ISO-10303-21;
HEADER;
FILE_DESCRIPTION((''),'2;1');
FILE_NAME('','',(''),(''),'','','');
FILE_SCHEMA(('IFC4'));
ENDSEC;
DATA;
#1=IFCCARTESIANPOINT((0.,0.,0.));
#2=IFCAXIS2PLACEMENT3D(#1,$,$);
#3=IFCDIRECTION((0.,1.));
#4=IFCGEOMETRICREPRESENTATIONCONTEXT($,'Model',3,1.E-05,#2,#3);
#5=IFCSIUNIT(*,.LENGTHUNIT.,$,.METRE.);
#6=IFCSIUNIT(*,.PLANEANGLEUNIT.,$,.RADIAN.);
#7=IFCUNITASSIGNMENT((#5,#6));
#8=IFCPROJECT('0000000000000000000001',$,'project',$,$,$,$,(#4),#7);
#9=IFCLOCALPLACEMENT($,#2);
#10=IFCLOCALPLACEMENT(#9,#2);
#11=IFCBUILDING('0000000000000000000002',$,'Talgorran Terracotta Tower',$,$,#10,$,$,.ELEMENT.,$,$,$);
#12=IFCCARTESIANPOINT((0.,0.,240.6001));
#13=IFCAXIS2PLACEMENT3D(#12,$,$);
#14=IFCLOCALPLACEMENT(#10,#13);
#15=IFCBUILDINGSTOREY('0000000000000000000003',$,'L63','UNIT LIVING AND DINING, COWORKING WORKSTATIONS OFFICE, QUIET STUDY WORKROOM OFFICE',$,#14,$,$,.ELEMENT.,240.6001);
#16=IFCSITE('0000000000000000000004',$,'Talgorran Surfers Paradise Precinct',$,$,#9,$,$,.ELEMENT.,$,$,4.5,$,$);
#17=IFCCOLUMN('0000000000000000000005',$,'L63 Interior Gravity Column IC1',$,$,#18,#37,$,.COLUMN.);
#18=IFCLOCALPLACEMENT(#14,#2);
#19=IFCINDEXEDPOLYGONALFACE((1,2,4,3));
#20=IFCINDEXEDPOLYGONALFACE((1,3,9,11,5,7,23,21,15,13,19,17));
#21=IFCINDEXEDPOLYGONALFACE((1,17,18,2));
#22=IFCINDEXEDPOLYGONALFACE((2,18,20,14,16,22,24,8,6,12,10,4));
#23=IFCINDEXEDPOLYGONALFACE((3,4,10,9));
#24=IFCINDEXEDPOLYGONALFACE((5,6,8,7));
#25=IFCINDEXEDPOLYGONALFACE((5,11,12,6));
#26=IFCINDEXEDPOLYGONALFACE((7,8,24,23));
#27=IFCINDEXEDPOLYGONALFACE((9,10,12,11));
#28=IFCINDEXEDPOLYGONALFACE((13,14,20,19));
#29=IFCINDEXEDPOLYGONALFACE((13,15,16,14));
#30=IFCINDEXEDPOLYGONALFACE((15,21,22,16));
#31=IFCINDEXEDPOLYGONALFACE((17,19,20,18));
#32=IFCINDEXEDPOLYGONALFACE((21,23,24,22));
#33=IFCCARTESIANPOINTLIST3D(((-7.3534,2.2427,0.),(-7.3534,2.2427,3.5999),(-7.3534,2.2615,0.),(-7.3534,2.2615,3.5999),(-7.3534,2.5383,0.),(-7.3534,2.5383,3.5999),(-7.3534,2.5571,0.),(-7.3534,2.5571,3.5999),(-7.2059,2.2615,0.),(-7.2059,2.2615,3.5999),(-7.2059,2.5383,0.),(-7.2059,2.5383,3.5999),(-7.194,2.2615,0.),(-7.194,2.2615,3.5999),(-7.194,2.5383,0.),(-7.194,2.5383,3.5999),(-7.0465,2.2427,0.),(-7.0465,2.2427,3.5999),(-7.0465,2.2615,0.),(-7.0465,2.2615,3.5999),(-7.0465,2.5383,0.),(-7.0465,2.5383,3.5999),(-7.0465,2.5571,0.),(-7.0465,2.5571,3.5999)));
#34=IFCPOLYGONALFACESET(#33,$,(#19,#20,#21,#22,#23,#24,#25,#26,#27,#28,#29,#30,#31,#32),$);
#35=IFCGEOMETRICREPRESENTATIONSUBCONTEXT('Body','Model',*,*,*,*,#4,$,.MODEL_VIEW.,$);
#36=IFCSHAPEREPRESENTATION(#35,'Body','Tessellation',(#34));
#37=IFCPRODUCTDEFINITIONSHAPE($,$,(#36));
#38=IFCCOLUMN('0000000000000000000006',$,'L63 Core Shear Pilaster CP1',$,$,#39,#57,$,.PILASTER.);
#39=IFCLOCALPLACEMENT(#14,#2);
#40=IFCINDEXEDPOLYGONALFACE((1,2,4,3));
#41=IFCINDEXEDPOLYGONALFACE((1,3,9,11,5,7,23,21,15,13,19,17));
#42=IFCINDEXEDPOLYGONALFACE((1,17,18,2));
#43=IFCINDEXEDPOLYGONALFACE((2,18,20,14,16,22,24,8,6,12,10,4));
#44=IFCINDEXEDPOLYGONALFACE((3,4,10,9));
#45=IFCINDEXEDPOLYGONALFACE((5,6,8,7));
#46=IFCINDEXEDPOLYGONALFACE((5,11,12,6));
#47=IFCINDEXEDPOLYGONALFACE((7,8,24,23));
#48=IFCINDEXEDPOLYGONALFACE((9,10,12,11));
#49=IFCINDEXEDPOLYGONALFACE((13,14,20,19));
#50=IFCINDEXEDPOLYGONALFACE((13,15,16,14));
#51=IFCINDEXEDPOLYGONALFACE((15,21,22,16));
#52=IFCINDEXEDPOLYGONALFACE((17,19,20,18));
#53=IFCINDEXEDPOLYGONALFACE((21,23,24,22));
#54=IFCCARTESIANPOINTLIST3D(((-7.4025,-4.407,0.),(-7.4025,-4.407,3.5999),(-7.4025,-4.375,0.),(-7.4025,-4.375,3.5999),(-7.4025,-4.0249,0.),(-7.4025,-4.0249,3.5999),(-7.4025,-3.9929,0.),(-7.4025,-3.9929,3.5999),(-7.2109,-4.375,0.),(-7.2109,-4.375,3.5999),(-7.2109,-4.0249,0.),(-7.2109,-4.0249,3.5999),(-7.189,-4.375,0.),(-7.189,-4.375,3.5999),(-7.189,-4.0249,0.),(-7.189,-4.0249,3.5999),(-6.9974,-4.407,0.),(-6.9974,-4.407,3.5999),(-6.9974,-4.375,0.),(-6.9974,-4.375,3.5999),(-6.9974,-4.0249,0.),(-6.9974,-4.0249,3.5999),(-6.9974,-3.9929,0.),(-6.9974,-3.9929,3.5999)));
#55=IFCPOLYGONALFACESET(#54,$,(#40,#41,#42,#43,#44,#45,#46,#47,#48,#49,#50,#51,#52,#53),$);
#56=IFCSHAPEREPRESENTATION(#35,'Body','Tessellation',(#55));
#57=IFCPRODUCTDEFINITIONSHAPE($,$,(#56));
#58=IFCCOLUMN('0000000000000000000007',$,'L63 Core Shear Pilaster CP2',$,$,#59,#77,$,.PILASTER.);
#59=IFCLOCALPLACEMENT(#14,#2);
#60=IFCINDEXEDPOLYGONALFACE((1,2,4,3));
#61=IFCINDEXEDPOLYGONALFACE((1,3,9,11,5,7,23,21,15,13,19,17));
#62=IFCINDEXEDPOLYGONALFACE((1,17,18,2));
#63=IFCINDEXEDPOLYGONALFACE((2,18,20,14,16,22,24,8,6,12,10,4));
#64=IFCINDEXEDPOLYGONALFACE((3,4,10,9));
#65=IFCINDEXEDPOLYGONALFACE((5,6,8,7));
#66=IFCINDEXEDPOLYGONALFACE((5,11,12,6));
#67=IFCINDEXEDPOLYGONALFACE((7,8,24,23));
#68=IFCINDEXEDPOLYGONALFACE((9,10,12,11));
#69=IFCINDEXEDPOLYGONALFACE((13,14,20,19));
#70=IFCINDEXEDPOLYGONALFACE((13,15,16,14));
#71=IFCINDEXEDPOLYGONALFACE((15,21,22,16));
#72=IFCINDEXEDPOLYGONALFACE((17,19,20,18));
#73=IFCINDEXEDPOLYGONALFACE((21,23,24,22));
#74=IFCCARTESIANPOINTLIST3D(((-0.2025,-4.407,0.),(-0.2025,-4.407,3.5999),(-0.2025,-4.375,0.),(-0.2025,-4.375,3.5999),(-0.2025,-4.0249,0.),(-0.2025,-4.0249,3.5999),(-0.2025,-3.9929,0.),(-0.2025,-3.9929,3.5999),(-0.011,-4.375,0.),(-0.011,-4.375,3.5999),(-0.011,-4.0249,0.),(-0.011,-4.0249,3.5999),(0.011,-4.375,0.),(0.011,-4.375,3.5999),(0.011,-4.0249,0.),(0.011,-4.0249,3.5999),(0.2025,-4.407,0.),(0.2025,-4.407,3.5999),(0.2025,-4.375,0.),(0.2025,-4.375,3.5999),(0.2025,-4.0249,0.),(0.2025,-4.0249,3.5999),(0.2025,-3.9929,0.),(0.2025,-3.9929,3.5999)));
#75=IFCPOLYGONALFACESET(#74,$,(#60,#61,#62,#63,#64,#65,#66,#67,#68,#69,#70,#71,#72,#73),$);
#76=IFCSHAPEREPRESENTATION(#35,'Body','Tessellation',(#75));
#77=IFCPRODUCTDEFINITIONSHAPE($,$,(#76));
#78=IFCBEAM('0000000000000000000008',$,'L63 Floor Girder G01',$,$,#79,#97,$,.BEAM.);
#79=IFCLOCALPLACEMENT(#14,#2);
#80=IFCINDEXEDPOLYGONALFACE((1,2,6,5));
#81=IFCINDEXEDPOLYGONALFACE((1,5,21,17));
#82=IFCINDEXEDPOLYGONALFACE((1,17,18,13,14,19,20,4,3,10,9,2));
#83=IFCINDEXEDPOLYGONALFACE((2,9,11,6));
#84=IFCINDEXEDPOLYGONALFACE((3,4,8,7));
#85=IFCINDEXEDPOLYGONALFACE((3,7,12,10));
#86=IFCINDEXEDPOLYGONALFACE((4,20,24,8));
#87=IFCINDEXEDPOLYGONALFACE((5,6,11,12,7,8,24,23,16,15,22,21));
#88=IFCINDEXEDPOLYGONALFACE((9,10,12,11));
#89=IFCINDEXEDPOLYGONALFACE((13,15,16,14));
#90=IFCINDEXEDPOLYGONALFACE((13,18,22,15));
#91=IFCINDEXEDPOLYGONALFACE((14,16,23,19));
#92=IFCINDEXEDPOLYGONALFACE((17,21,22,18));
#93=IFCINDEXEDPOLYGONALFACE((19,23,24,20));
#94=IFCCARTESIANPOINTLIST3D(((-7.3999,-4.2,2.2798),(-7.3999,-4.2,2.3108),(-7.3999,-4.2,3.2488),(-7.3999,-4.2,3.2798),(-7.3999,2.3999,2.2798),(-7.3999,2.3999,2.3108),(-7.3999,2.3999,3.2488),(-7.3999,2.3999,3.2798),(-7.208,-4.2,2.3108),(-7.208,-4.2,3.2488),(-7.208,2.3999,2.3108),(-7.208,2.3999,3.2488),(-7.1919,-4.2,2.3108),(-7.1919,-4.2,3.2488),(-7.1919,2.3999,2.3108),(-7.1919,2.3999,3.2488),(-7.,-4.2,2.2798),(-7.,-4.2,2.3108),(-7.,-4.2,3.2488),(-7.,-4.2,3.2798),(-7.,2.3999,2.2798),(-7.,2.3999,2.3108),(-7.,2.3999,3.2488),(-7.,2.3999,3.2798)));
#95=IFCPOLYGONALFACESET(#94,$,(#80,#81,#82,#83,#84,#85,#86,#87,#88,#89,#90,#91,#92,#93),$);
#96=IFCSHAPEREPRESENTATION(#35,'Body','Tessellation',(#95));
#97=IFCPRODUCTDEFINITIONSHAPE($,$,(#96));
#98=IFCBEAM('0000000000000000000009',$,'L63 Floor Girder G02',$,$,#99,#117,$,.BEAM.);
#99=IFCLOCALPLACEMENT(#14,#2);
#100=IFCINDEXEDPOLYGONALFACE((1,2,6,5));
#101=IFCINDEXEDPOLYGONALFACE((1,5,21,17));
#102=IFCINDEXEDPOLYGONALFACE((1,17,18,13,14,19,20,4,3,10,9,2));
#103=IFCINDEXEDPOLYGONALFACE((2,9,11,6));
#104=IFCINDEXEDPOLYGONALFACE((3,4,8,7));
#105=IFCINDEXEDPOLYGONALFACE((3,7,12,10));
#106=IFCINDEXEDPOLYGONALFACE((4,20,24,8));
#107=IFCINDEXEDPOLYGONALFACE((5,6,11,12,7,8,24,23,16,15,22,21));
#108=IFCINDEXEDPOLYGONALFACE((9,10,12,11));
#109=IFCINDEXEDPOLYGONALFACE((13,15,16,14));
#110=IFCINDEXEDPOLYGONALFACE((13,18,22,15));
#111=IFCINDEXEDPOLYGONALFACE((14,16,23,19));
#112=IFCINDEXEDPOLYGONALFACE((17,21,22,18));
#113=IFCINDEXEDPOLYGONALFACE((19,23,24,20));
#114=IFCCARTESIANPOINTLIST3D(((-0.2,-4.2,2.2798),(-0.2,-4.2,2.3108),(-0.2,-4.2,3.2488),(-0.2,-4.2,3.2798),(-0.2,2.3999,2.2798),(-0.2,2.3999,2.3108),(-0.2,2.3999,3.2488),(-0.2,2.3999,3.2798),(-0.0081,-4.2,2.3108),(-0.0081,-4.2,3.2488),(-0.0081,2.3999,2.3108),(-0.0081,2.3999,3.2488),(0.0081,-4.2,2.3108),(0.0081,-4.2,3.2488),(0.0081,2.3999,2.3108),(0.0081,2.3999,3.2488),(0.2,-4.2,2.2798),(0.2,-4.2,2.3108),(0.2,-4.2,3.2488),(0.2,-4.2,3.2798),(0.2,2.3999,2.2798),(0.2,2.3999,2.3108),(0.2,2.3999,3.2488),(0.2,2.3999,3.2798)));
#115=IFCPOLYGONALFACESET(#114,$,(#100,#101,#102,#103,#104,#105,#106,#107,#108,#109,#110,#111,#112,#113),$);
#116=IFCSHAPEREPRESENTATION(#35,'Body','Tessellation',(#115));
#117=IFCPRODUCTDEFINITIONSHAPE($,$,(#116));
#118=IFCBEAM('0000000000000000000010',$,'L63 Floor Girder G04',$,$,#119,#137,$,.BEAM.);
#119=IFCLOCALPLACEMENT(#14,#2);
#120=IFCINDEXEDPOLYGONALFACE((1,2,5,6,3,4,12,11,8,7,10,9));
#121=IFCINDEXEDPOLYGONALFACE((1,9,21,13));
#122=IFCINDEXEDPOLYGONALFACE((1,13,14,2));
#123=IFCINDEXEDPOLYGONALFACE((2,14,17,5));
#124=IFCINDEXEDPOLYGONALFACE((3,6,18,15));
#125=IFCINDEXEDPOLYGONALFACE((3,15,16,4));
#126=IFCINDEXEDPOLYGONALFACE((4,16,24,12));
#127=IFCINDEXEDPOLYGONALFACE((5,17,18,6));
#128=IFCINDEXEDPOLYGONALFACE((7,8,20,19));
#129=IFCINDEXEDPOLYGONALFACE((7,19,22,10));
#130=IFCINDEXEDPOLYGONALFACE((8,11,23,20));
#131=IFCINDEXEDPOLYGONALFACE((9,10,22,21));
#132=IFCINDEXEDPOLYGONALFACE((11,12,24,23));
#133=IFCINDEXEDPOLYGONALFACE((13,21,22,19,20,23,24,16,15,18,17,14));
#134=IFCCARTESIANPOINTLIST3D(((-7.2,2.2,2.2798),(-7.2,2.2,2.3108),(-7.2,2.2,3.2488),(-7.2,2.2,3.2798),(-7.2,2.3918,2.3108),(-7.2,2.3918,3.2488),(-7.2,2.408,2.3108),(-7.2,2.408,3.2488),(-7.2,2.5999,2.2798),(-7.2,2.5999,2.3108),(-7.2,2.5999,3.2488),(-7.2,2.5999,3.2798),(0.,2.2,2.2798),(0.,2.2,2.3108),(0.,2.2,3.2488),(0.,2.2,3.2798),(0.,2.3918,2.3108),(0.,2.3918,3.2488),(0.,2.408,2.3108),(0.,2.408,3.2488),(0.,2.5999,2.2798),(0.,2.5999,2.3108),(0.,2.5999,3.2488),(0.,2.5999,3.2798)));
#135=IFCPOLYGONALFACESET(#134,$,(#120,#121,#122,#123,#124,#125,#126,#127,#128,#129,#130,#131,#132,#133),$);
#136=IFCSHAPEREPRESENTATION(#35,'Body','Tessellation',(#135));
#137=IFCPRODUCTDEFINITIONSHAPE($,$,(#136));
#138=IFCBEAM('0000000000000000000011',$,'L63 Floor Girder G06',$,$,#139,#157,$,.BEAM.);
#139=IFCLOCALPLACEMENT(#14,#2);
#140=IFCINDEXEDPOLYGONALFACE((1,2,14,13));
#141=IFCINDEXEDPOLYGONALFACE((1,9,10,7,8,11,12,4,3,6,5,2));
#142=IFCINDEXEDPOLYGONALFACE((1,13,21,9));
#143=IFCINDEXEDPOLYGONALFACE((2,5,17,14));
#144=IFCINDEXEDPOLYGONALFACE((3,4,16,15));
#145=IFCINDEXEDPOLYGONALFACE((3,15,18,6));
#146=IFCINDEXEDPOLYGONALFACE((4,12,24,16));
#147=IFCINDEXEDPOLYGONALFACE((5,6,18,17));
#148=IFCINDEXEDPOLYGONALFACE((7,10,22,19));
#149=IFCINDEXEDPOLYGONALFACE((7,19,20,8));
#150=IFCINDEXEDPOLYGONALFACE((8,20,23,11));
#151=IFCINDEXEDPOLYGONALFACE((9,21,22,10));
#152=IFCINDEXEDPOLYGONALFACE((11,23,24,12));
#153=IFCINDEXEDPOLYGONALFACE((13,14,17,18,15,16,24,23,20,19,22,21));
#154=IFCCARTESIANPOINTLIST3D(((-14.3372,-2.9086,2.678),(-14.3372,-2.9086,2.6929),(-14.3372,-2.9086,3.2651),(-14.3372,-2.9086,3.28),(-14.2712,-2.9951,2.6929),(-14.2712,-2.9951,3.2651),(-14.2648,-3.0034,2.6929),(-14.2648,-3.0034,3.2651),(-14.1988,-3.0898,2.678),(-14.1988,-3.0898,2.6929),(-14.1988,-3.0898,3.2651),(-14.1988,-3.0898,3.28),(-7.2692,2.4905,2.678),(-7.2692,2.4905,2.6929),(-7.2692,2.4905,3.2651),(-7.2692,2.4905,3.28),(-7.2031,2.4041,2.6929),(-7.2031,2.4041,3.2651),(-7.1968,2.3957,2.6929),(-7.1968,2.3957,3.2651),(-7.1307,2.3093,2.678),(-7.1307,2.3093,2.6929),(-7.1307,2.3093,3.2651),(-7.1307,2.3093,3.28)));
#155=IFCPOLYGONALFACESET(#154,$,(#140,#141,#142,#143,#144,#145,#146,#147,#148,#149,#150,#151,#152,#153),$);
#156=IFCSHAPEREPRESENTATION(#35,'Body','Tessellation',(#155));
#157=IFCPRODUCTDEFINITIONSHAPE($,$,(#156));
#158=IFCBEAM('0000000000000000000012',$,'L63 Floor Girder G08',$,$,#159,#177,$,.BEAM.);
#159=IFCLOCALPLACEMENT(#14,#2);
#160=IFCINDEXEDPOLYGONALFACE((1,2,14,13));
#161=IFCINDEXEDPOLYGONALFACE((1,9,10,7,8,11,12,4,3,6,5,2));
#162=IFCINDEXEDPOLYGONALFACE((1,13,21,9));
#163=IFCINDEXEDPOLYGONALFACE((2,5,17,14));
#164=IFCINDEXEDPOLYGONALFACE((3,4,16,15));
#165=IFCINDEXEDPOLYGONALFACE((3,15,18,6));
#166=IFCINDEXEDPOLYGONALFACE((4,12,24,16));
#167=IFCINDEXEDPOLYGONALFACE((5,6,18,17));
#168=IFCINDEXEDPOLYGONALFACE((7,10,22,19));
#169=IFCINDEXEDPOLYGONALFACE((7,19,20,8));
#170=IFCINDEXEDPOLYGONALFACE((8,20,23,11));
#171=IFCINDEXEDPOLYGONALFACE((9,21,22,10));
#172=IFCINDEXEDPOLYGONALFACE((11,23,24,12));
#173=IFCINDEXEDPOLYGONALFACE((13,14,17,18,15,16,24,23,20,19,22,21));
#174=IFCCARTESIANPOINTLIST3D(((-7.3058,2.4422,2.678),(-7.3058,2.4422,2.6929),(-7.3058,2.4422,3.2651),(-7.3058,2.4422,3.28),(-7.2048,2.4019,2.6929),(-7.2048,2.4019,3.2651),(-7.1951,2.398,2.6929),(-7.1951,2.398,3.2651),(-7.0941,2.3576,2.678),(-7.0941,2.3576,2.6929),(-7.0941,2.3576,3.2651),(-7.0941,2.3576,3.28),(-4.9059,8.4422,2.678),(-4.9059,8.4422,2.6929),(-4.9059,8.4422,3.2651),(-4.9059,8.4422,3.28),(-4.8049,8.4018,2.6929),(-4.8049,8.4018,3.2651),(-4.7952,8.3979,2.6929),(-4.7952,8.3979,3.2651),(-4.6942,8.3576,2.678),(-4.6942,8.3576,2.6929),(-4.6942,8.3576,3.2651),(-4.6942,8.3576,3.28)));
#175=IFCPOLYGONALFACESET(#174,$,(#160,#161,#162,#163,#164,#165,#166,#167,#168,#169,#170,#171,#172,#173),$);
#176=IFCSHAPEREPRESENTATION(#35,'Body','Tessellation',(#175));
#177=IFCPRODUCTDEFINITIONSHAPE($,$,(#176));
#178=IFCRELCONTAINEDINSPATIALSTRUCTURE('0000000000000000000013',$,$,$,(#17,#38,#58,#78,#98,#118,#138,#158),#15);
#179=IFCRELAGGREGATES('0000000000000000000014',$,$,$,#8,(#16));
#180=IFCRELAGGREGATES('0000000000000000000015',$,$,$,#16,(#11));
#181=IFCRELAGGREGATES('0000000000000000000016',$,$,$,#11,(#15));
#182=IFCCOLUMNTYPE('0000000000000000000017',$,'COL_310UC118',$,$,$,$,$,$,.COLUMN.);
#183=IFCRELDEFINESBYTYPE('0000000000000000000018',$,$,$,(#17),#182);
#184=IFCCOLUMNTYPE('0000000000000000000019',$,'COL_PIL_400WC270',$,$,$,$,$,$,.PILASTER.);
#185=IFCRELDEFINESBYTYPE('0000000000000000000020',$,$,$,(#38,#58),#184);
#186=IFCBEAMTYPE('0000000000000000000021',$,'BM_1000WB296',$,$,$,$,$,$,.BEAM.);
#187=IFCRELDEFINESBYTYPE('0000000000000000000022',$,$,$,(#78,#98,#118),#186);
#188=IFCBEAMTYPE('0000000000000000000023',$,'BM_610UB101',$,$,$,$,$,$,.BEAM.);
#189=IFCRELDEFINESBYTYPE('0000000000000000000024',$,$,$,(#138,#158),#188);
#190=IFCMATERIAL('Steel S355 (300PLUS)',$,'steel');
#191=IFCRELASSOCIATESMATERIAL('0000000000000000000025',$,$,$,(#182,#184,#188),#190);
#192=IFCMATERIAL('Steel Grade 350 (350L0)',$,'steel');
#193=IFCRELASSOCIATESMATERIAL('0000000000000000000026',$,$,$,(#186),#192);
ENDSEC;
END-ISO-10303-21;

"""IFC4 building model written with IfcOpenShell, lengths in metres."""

from ifc_helpers import new_model, si_unit, direction, frame, origin, origin_2d, place, context, subcontext, project, spatial, i_section, extrude, material, material_profile, profile_set, type_object, element, save


model = new_model("IFC4")

# Units and contexts
model_context = context("Model", 3, precision=1e-05, world=origin(), true_north=direction((0.0, 1.0)))
body_context = subcontext(model_context, "Body", "Model", "MODEL_VIEW")
ifc_project = project(units=[si_unit("LENGTHUNIT", "METRE"), si_unit("PLANEANGLEUNIT", "RADIAN")], contexts=[model_context])

# Site, building, storey
site_placement = place(None, origin())
site = spatial("IfcSite", under=ifc_project, at=site_placement, Name="Talgorran Surfers Paradise Precinct", CompositionType="ELEMENT", RefElevation=4.5)
building_placement = place(site_placement, origin())
building = spatial("IfcBuilding", under=site, at=building_placement, Name="Talgorran Terracotta Tower", CompositionType="ELEMENT")
storey_placement = place(building_placement, frame((0.0, 0.0, 240.6001)))
storey = spatial("IfcBuildingStorey", under=building, at=storey_placement, Name="L63", Description="UNIT LIVING AND DINING, COWORKING WORKSTATIONS OFFICE, QUIET STUDY WORKROOM OFFICE", CompositionType="ELEMENT", Elevation=240.6001)

# Columns
ifc_material_1 = material(Name="Steel S355 (300PLUS)", Category="steel")
ifc_material_profile_1 = material_profile(ifc_material_1, i_section(OverallWidth=0.3069, OverallDepth=0.3145, WebThickness=0.012, FlangeThickness=0.0188, at=origin_2d()), Name="310UC118")
ifc_profile_set_1 = profile_set([ifc_material_profile_1], Name="Steel S355 (300PLUS)")
column_type_1 = type_object("IfcColumnType", Name="COL_310UC118", PredefinedType="COLUMN", material=ifc_profile_set_1)
column_placement = place(storey_placement, frame((-7.2, 2.3999, 0.0), z_axis=(0.0, 0.0, 1.0), x_axis=(1.0, 0.0, 0.0)))
element("IfcColumn", 1, at=column_placement, inside=storey, type_object=column_type_1, Name="L63 Interior Gravity Column IC1", PredefinedType="COLUMN", context=body_context, shape_type="SweptSolid", body=[
    extrude(i_section(OverallWidth=0.3069, OverallDepth=0.3145, WebThickness=0.012, FlangeThickness=0.0188, at=origin_2d()), origin(), (0.0, 0.0, 1.0), 3.5999),
])
ifc_material_profile_2 = material_profile(ifc_material_1, i_section(OverallWidth=0.405, OverallDepth=0.4141, WebThickness=0.022, FlangeThickness=0.032, at=origin_2d()), Name="400WC270")
ifc_profile_set_2 = profile_set([ifc_material_profile_2], Name="Steel S355 (300PLUS)")
column_type_2 = type_object("IfcColumnType", Name="COL_PIL_400WC270", PredefinedType="PILASTER", material=ifc_profile_set_2)
for number, where, z_axis, x_axis, name in (
    (2, (-7.2, -4.2, 0.0), (0.0, 0.0, 1.0), (1.0, 0.0, 0.0), "L63 Core Shear Pilaster CP1"),
    (3, (0.0, -4.2, 0.0), (0.0, 0.0, 1.0), (1.0, 0.0, 0.0), "L63 Core Shear Pilaster CP2"),
):
    element("IfcColumn", number, at=place(storey_placement, frame(where, z_axis=z_axis, x_axis=x_axis)), inside=storey, type_object=column_type_2, Name=name, PredefinedType="PILASTER", context=body_context, shape_type="SweptSolid", body=[
        extrude(i_section(OverallWidth=0.405, OverallDepth=0.4141, WebThickness=0.022, FlangeThickness=0.032, at=origin_2d()), origin(), (0.0, 0.0, 1.0), 3.5999),
    ])

# Beams
ifc_material_2 = material(Name="Steel Grade 350 (350L0)", Category="steel")
ifc_material_profile_3 = material_profile(ifc_material_2, i_section(OverallWidth=0.3999, OverallDepth=1.0, WebThickness=0.0161, FlangeThickness=0.031, at=origin_2d()), Name="1000WB296")
ifc_profile_set_3 = profile_set([ifc_material_profile_3], Name="Steel Grade 350 (350L0)")
beam_type_1 = type_object("IfcBeamType", Name="BM_1000WB296", PredefinedType="BEAM", material=ifc_profile_set_3)
for number, where, z_axis, x_axis, name in (
    (4, (-7.2, -4.2, 2.7798), (0.0, 1.0, 0.0), (-1.0, 0.0, 0.0), "L63 Floor Girder G01"),
    (5, (0.0, -4.2, 2.7798), (0.0, 1.0, 0.0), (-1.0, 0.0, 0.0), "L63 Floor Girder G02"),
):
    element("IfcBeam", number, at=place(storey_placement, frame(where, z_axis=z_axis, x_axis=x_axis)), inside=storey, type_object=beam_type_1, Name=name, PredefinedType="BEAM", context=body_context, shape_type="SweptSolid", body=[
        extrude(i_section(OverallWidth=0.3999, OverallDepth=1.0, WebThickness=0.0161, FlangeThickness=0.031, at=origin_2d()), origin(), (0.0, 0.0, 1.0), 6.5999),
    ])
beam_1_placement = place(storey_placement, frame((-7.2, 2.3999, 2.7798), z_axis=(1.0, 0.0, 0.0), x_axis=(0.0, 1.0, 0.0)))
element("IfcBeam", 6, at=beam_1_placement, inside=storey, type_object=beam_type_1, Name="L63 Floor Girder G04", PredefinedType="BEAM", context=body_context, shape_type="SweptSolid", body=[
    extrude(i_section(OverallWidth=0.3999, OverallDepth=1.0, WebThickness=0.0161, FlangeThickness=0.031, at=origin_2d()), origin(), (0.0, 0.0, 1.0), 7.2),
])
ifc_material_profile_4 = material_profile(ifc_material_1, i_section(OverallWidth=0.228, OverallDepth=0.6021, WebThickness=0.0105, FlangeThickness=0.0149, at=origin_2d()), Name="610UB101")
ifc_profile_set_4 = profile_set([ifc_material_profile_4], Name="Steel S355 (300PLUS)")
beam_type_2 = type_object("IfcBeamType", Name="BM_610UB101", PredefinedType="BEAM", material=ifc_profile_set_4)
beam_2_placement = place(storey_placement, frame((-7.2, 2.3999, 2.979), z_axis=(-0.794676, -0.607034, 0.0), x_axis=(0.607034, -0.794676, 0.0)))
element("IfcBeam", 7, at=beam_2_placement, inside=storey, type_object=beam_type_2, Name="L63 Floor Girder G06", PredefinedType="BEAM", context=body_context, shape_type="SweptSolid", body=[
    extrude(i_section(OverallWidth=0.228, OverallDepth=0.6021, WebThickness=0.0105, FlangeThickness=0.0149, at=origin_2d()), origin(), (0.0, 0.0, 1.0), 8.8943),
])
beam_3_placement = place(storey_placement, frame((-7.2, 2.3999, 2.979), z_axis=(0.371378, 0.928482, 0.0), x_axis=(-0.928482, 0.371378, 0.0)))
element("IfcBeam", 8, at=beam_3_placement, inside=storey, type_object=beam_type_2, Name="L63 Floor Girder G08", PredefinedType="BEAM", context=body_context, shape_type="SweptSolid", body=[
    extrude(i_section(OverallWidth=0.228, OverallDepth=0.6021, WebThickness=0.0105, FlangeThickness=0.0149, at=origin_2d()), origin(), (0.0, 0.0, 1.0), 6.4622),
])

save(model, "model.ifc")
